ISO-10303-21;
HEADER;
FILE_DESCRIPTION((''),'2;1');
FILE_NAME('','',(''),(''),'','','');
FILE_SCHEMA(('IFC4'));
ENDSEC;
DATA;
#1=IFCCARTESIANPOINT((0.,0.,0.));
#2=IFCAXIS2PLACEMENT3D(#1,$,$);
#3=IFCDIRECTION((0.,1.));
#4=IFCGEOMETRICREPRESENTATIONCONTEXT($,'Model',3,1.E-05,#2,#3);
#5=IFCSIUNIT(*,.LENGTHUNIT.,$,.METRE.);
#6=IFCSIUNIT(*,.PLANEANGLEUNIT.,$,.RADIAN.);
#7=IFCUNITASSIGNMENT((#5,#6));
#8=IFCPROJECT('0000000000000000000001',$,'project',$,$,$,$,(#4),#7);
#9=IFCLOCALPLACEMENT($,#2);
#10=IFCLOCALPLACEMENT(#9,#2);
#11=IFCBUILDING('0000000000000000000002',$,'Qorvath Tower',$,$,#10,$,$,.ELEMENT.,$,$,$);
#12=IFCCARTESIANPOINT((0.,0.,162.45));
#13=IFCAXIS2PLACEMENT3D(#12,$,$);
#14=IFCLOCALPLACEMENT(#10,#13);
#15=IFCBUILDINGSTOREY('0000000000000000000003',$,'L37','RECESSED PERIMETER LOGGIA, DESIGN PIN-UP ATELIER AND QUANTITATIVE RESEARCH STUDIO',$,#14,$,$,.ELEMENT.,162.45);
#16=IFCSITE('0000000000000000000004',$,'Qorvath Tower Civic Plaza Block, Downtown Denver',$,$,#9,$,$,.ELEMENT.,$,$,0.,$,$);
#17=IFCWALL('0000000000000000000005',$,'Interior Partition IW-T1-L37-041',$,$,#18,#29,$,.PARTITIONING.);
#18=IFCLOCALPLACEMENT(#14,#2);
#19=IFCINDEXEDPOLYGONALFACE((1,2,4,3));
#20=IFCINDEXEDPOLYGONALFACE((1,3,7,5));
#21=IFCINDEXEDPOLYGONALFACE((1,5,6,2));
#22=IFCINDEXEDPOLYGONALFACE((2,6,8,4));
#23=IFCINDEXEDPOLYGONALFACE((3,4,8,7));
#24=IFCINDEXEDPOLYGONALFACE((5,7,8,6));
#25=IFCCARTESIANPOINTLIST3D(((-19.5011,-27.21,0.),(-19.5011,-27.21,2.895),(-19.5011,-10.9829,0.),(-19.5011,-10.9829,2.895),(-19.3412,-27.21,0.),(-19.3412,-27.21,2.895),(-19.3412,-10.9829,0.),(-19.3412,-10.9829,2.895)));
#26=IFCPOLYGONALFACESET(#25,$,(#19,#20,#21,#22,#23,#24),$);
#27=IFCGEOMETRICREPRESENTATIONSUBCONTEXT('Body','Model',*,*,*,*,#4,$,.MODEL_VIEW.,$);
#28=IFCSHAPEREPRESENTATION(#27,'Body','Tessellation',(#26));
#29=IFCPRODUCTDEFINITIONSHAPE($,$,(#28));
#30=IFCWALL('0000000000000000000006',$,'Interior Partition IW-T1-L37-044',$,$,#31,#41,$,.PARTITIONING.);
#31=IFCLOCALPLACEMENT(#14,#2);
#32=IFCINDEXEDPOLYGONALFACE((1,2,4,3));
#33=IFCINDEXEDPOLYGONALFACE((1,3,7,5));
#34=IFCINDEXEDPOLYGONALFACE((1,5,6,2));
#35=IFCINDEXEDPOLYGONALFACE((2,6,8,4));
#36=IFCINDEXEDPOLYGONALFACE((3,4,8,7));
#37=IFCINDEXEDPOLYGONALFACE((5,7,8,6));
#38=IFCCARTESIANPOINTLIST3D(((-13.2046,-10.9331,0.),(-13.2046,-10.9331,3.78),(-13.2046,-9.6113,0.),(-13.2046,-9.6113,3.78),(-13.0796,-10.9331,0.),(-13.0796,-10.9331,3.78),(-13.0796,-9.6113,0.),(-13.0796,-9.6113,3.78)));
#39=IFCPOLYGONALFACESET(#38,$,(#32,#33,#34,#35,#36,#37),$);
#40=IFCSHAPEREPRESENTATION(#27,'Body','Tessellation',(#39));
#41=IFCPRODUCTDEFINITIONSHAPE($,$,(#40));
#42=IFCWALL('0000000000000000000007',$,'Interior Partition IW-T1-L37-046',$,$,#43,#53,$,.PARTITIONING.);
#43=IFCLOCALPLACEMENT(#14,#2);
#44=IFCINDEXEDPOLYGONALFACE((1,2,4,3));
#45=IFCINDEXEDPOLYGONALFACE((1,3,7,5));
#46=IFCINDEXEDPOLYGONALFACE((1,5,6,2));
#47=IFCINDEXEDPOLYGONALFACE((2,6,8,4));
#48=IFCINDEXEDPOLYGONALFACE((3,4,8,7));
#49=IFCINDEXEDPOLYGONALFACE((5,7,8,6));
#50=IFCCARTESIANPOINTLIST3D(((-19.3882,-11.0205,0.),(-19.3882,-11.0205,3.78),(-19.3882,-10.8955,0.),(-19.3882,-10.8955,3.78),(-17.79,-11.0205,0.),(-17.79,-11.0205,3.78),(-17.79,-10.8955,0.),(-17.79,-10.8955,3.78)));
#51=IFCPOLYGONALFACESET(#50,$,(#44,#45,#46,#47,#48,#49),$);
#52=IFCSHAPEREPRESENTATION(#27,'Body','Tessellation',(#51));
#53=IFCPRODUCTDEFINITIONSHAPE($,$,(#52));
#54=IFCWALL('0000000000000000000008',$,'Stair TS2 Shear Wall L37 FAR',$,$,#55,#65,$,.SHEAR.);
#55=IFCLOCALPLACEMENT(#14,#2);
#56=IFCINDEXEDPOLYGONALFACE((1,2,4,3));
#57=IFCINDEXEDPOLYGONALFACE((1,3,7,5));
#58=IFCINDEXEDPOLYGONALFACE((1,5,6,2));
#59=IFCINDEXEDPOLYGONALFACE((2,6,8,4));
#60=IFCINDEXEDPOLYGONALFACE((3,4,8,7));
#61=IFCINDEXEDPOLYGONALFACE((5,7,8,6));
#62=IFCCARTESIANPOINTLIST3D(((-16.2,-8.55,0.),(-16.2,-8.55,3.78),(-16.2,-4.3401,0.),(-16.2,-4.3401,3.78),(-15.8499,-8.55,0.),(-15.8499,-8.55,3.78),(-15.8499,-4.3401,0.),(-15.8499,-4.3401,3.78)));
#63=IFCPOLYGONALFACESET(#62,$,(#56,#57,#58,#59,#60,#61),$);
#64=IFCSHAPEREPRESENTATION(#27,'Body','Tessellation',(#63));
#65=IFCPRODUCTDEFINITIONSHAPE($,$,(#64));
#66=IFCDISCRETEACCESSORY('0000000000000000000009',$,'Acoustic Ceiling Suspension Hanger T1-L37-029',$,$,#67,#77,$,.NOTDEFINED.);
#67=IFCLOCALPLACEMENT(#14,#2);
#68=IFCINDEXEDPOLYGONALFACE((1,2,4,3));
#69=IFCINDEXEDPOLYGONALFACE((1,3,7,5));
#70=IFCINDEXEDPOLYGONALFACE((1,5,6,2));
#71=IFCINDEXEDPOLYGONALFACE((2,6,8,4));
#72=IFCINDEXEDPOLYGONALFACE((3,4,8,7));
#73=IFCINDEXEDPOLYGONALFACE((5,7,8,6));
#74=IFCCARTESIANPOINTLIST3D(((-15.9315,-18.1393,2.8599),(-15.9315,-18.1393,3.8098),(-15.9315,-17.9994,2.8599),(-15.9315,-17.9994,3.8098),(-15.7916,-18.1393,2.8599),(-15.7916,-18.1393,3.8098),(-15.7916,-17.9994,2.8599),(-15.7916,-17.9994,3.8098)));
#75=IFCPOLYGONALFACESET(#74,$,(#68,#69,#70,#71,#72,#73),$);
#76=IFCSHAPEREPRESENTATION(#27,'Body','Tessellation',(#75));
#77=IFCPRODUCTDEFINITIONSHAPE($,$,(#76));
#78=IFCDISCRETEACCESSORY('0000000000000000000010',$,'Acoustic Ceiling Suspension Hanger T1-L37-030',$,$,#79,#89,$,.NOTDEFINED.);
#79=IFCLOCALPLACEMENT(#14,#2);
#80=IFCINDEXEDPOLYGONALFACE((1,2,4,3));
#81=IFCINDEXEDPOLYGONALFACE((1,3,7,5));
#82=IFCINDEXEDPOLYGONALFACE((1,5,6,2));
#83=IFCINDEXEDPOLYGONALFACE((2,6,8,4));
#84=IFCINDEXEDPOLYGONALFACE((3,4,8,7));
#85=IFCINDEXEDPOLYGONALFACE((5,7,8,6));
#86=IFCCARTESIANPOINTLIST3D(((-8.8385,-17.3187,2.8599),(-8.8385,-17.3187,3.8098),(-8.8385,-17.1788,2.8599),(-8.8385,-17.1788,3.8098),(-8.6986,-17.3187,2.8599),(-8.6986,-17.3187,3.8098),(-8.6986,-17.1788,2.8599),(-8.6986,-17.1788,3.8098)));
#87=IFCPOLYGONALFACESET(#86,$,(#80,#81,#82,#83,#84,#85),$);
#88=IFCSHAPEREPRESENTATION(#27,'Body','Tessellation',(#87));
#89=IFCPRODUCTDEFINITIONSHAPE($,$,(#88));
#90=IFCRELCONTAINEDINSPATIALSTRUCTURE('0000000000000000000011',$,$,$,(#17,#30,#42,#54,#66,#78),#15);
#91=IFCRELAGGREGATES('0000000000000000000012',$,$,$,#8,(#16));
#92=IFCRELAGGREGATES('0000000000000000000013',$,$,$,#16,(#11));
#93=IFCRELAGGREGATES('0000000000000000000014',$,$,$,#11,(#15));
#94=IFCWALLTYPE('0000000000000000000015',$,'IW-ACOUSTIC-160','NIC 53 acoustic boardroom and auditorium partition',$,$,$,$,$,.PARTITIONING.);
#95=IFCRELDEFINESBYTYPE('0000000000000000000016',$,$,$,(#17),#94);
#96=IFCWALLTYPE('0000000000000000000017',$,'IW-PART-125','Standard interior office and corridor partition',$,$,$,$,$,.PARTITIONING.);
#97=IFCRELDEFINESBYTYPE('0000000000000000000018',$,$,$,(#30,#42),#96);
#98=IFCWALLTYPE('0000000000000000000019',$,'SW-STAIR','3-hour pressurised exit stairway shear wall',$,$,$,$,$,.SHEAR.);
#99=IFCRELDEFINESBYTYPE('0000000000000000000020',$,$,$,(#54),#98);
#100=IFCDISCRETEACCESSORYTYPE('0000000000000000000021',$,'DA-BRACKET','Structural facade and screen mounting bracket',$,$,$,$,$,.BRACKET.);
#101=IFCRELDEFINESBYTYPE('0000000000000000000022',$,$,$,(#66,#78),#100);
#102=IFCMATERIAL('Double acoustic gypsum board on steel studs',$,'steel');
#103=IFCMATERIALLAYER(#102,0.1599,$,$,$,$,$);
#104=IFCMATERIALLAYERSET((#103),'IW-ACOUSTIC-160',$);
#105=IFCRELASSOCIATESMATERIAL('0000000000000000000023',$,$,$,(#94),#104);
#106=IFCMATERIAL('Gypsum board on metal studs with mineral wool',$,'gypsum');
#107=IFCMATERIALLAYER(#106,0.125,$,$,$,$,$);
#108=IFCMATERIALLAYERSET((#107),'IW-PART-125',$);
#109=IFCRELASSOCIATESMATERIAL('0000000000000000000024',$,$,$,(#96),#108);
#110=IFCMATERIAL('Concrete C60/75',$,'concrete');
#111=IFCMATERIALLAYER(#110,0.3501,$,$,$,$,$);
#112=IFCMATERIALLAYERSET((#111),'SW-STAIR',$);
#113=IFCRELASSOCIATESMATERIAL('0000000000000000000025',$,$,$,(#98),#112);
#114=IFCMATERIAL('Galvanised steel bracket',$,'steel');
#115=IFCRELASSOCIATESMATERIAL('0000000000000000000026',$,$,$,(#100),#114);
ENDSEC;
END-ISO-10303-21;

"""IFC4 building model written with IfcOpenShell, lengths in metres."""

from ifc_helpers import new_model, si_unit, direction, frame, frame_2d, origin, origin_2d, place, context, subcontext, project, spatial, rectangle, extrude, material, layer, layer_set, type_object, element, save


model = new_model("IFC4")

# Units and contexts
model_context = context("Model", 3, precision=1e-05, world=origin(), true_north=direction((0.0, 1.0)))
body_context = subcontext(model_context, "Body", "Model", "MODEL_VIEW")
ifc_project = project(units=[si_unit("LENGTHUNIT", "METRE"), si_unit("PLANEANGLEUNIT", "RADIAN")], contexts=[model_context])

# Site, building, storey
site_placement = place(None, origin())
site = spatial("IfcSite", under=ifc_project, at=site_placement, Name="Qorvath Tower Civic Plaza Block, Downtown Denver", CompositionType="ELEMENT", RefElevation=0.0)
building_placement = place(site_placement, origin())
building = spatial("IfcBuilding", under=site, at=building_placement, Name="Qorvath Tower", CompositionType="ELEMENT")
storey_placement = place(building_placement, frame((0.0, 0.0, 162.45)))
storey = spatial("IfcBuildingStorey", under=building, at=storey_placement, Name="L37", Description="RECESSED PERIMETER LOGGIA, DESIGN PIN-UP ATELIER AND QUANTITATIVE RESEARCH STUDIO", CompositionType="ELEMENT", Elevation=162.45)

# Wall
ifc_material_1 = material(Name="Double acoustic gypsum board on steel studs", Category="steel")
ifc_layer_1 = layer(ifc_material_1, 0.1599)
ifc_layer_set_1 = layer_set([ifc_layer_1], Name="IW-ACOUSTIC-160")
wall_type_1 = type_object("IfcWallType", Name="IW-ACOUSTIC-160", Description="NIC 53 acoustic boardroom and auditorium partition", PredefinedType="PARTITIONING", material=ifc_layer_set_1)
wall_1_placement = place(storey_placement, frame((-19.4211, -27.21, 0.0), z_axis=(0.0, 0.0, 1.0), x_axis=(0.0, 1.0, 0.0)))
element("IfcWall", 1, at=wall_1_placement, inside=storey, type_object=wall_type_1, Name="Interior Partition IW-T1-L37-041", PredefinedType="PARTITIONING", context=body_context, shape_type="SweptSolid", body=[
    extrude(rectangle(XDim=16.2271, YDim=0.1599, at=frame_2d((8.1135, 0.0))), origin(), (0.0, 0.0, 1.0), 2.895),
])

# Wall
ifc_material_2 = material(Name="Gypsum board on metal studs with mineral wool", Category="gypsum")
ifc_layer_2 = layer(ifc_material_2, 0.125)
ifc_layer_set_2 = layer_set([ifc_layer_2], Name="IW-PART-125")
wall_type_2 = type_object("IfcWallType", Name="IW-PART-125", Description="Standard interior office and corridor partition", PredefinedType="PARTITIONING", material=ifc_layer_set_2)
wall_2_placement = place(storey_placement, frame((-13.1421, -9.6113, 0.0), z_axis=(0.0, 0.0, 1.0), x_axis=(0.0, -1.0, 0.0)))
element("IfcWall", 2, at=wall_2_placement, inside=storey, type_object=wall_type_2, Name="Interior Partition IW-T1-L37-044", PredefinedType="PARTITIONING", context=body_context, shape_type="SweptSolid", body=[
    extrude(rectangle(XDim=1.3218, YDim=0.125, at=frame_2d((0.6609, 0.0))), origin(), (0.0, 0.0, 1.0), 3.78),
])

# Walls
wall_3_placement = place(storey_placement, frame((-17.79, -10.958, 0.0), z_axis=(0.0, 0.0, 1.0), x_axis=(-1.0, 0.0, 0.0)))
element("IfcWall", 3, at=wall_3_placement, inside=storey, type_object=wall_type_2, Name="Interior Partition IW-T1-L37-046", PredefinedType="PARTITIONING", context=body_context, shape_type="SweptSolid", body=[
    extrude(rectangle(XDim=1.5981, YDim=0.125, at=frame_2d((0.7991, 0.0))), origin(), (0.0, 0.0, 1.0), 3.78),
])
ifc_material_3 = material(Name="Concrete C60/75", Category="concrete")
ifc_layer_3 = layer(ifc_material_3, 0.3501)
ifc_layer_set_3 = layer_set([ifc_layer_3], Name="SW-STAIR")
wall_type_3 = type_object("IfcWallType", Name="SW-STAIR", Description="3-hour pressurised exit stairway shear wall", PredefinedType="SHEAR", material=ifc_layer_set_3)
wall_4_placement = place(storey_placement, frame((-16.0249, -8.55, 0.0), z_axis=(0.0, 0.0, 1.0), x_axis=(0.0, 1.0, 0.0)))
element("IfcWall", 4, at=wall_4_placement, inside=storey, type_object=wall_type_3, Name="Stair TS2 Shear Wall L37 FAR", PredefinedType="SHEAR", context=body_context, shape_type="SweptSolid", body=[
    extrude(rectangle(XDim=4.21, YDim=0.3501, at=frame_2d((2.105, 0.0))), origin(), (0.0, 0.0, 1.0), 3.78),
])

# Discrete accessories
ifc_material_4 = material(Name="Galvanised steel bracket", Category="steel")
discrete_accessory_type = type_object("IfcDiscreteAccessoryType", Name="DA-BRACKET", Description="Structural facade and screen mounting bracket", PredefinedType="BRACKET", material=ifc_material_4)
for number, where, z_axis, x_axis, name in (
    (5, (-15.8616, -18.0693, 2.8599), (0.0, 0.0, 1.0), (1.0, 0.0, 0.0), "Acoustic Ceiling Suspension Hanger T1-L37-029"),
    (6, (-8.7686, -17.2488, 2.8599), (0.0, 0.0, 1.0), (1.0, 0.0, 0.0), "Acoustic Ceiling Suspension Hanger T1-L37-030"),
):
    element("IfcDiscreteAccessory", number, at=place(storey_placement, frame(where, z_axis=z_axis, x_axis=x_axis)), inside=storey, type_object=discrete_accessory_type, Name=name, PredefinedType="NOTDEFINED", context=body_context, shape_type="SweptSolid", body=[
        extrude(rectangle(XDim=0.1399, YDim=0.1399, at=origin_2d()), origin(), (0.0, 0.0, 1.0), 0.95),
    ])

save(model, "model.ifc")
